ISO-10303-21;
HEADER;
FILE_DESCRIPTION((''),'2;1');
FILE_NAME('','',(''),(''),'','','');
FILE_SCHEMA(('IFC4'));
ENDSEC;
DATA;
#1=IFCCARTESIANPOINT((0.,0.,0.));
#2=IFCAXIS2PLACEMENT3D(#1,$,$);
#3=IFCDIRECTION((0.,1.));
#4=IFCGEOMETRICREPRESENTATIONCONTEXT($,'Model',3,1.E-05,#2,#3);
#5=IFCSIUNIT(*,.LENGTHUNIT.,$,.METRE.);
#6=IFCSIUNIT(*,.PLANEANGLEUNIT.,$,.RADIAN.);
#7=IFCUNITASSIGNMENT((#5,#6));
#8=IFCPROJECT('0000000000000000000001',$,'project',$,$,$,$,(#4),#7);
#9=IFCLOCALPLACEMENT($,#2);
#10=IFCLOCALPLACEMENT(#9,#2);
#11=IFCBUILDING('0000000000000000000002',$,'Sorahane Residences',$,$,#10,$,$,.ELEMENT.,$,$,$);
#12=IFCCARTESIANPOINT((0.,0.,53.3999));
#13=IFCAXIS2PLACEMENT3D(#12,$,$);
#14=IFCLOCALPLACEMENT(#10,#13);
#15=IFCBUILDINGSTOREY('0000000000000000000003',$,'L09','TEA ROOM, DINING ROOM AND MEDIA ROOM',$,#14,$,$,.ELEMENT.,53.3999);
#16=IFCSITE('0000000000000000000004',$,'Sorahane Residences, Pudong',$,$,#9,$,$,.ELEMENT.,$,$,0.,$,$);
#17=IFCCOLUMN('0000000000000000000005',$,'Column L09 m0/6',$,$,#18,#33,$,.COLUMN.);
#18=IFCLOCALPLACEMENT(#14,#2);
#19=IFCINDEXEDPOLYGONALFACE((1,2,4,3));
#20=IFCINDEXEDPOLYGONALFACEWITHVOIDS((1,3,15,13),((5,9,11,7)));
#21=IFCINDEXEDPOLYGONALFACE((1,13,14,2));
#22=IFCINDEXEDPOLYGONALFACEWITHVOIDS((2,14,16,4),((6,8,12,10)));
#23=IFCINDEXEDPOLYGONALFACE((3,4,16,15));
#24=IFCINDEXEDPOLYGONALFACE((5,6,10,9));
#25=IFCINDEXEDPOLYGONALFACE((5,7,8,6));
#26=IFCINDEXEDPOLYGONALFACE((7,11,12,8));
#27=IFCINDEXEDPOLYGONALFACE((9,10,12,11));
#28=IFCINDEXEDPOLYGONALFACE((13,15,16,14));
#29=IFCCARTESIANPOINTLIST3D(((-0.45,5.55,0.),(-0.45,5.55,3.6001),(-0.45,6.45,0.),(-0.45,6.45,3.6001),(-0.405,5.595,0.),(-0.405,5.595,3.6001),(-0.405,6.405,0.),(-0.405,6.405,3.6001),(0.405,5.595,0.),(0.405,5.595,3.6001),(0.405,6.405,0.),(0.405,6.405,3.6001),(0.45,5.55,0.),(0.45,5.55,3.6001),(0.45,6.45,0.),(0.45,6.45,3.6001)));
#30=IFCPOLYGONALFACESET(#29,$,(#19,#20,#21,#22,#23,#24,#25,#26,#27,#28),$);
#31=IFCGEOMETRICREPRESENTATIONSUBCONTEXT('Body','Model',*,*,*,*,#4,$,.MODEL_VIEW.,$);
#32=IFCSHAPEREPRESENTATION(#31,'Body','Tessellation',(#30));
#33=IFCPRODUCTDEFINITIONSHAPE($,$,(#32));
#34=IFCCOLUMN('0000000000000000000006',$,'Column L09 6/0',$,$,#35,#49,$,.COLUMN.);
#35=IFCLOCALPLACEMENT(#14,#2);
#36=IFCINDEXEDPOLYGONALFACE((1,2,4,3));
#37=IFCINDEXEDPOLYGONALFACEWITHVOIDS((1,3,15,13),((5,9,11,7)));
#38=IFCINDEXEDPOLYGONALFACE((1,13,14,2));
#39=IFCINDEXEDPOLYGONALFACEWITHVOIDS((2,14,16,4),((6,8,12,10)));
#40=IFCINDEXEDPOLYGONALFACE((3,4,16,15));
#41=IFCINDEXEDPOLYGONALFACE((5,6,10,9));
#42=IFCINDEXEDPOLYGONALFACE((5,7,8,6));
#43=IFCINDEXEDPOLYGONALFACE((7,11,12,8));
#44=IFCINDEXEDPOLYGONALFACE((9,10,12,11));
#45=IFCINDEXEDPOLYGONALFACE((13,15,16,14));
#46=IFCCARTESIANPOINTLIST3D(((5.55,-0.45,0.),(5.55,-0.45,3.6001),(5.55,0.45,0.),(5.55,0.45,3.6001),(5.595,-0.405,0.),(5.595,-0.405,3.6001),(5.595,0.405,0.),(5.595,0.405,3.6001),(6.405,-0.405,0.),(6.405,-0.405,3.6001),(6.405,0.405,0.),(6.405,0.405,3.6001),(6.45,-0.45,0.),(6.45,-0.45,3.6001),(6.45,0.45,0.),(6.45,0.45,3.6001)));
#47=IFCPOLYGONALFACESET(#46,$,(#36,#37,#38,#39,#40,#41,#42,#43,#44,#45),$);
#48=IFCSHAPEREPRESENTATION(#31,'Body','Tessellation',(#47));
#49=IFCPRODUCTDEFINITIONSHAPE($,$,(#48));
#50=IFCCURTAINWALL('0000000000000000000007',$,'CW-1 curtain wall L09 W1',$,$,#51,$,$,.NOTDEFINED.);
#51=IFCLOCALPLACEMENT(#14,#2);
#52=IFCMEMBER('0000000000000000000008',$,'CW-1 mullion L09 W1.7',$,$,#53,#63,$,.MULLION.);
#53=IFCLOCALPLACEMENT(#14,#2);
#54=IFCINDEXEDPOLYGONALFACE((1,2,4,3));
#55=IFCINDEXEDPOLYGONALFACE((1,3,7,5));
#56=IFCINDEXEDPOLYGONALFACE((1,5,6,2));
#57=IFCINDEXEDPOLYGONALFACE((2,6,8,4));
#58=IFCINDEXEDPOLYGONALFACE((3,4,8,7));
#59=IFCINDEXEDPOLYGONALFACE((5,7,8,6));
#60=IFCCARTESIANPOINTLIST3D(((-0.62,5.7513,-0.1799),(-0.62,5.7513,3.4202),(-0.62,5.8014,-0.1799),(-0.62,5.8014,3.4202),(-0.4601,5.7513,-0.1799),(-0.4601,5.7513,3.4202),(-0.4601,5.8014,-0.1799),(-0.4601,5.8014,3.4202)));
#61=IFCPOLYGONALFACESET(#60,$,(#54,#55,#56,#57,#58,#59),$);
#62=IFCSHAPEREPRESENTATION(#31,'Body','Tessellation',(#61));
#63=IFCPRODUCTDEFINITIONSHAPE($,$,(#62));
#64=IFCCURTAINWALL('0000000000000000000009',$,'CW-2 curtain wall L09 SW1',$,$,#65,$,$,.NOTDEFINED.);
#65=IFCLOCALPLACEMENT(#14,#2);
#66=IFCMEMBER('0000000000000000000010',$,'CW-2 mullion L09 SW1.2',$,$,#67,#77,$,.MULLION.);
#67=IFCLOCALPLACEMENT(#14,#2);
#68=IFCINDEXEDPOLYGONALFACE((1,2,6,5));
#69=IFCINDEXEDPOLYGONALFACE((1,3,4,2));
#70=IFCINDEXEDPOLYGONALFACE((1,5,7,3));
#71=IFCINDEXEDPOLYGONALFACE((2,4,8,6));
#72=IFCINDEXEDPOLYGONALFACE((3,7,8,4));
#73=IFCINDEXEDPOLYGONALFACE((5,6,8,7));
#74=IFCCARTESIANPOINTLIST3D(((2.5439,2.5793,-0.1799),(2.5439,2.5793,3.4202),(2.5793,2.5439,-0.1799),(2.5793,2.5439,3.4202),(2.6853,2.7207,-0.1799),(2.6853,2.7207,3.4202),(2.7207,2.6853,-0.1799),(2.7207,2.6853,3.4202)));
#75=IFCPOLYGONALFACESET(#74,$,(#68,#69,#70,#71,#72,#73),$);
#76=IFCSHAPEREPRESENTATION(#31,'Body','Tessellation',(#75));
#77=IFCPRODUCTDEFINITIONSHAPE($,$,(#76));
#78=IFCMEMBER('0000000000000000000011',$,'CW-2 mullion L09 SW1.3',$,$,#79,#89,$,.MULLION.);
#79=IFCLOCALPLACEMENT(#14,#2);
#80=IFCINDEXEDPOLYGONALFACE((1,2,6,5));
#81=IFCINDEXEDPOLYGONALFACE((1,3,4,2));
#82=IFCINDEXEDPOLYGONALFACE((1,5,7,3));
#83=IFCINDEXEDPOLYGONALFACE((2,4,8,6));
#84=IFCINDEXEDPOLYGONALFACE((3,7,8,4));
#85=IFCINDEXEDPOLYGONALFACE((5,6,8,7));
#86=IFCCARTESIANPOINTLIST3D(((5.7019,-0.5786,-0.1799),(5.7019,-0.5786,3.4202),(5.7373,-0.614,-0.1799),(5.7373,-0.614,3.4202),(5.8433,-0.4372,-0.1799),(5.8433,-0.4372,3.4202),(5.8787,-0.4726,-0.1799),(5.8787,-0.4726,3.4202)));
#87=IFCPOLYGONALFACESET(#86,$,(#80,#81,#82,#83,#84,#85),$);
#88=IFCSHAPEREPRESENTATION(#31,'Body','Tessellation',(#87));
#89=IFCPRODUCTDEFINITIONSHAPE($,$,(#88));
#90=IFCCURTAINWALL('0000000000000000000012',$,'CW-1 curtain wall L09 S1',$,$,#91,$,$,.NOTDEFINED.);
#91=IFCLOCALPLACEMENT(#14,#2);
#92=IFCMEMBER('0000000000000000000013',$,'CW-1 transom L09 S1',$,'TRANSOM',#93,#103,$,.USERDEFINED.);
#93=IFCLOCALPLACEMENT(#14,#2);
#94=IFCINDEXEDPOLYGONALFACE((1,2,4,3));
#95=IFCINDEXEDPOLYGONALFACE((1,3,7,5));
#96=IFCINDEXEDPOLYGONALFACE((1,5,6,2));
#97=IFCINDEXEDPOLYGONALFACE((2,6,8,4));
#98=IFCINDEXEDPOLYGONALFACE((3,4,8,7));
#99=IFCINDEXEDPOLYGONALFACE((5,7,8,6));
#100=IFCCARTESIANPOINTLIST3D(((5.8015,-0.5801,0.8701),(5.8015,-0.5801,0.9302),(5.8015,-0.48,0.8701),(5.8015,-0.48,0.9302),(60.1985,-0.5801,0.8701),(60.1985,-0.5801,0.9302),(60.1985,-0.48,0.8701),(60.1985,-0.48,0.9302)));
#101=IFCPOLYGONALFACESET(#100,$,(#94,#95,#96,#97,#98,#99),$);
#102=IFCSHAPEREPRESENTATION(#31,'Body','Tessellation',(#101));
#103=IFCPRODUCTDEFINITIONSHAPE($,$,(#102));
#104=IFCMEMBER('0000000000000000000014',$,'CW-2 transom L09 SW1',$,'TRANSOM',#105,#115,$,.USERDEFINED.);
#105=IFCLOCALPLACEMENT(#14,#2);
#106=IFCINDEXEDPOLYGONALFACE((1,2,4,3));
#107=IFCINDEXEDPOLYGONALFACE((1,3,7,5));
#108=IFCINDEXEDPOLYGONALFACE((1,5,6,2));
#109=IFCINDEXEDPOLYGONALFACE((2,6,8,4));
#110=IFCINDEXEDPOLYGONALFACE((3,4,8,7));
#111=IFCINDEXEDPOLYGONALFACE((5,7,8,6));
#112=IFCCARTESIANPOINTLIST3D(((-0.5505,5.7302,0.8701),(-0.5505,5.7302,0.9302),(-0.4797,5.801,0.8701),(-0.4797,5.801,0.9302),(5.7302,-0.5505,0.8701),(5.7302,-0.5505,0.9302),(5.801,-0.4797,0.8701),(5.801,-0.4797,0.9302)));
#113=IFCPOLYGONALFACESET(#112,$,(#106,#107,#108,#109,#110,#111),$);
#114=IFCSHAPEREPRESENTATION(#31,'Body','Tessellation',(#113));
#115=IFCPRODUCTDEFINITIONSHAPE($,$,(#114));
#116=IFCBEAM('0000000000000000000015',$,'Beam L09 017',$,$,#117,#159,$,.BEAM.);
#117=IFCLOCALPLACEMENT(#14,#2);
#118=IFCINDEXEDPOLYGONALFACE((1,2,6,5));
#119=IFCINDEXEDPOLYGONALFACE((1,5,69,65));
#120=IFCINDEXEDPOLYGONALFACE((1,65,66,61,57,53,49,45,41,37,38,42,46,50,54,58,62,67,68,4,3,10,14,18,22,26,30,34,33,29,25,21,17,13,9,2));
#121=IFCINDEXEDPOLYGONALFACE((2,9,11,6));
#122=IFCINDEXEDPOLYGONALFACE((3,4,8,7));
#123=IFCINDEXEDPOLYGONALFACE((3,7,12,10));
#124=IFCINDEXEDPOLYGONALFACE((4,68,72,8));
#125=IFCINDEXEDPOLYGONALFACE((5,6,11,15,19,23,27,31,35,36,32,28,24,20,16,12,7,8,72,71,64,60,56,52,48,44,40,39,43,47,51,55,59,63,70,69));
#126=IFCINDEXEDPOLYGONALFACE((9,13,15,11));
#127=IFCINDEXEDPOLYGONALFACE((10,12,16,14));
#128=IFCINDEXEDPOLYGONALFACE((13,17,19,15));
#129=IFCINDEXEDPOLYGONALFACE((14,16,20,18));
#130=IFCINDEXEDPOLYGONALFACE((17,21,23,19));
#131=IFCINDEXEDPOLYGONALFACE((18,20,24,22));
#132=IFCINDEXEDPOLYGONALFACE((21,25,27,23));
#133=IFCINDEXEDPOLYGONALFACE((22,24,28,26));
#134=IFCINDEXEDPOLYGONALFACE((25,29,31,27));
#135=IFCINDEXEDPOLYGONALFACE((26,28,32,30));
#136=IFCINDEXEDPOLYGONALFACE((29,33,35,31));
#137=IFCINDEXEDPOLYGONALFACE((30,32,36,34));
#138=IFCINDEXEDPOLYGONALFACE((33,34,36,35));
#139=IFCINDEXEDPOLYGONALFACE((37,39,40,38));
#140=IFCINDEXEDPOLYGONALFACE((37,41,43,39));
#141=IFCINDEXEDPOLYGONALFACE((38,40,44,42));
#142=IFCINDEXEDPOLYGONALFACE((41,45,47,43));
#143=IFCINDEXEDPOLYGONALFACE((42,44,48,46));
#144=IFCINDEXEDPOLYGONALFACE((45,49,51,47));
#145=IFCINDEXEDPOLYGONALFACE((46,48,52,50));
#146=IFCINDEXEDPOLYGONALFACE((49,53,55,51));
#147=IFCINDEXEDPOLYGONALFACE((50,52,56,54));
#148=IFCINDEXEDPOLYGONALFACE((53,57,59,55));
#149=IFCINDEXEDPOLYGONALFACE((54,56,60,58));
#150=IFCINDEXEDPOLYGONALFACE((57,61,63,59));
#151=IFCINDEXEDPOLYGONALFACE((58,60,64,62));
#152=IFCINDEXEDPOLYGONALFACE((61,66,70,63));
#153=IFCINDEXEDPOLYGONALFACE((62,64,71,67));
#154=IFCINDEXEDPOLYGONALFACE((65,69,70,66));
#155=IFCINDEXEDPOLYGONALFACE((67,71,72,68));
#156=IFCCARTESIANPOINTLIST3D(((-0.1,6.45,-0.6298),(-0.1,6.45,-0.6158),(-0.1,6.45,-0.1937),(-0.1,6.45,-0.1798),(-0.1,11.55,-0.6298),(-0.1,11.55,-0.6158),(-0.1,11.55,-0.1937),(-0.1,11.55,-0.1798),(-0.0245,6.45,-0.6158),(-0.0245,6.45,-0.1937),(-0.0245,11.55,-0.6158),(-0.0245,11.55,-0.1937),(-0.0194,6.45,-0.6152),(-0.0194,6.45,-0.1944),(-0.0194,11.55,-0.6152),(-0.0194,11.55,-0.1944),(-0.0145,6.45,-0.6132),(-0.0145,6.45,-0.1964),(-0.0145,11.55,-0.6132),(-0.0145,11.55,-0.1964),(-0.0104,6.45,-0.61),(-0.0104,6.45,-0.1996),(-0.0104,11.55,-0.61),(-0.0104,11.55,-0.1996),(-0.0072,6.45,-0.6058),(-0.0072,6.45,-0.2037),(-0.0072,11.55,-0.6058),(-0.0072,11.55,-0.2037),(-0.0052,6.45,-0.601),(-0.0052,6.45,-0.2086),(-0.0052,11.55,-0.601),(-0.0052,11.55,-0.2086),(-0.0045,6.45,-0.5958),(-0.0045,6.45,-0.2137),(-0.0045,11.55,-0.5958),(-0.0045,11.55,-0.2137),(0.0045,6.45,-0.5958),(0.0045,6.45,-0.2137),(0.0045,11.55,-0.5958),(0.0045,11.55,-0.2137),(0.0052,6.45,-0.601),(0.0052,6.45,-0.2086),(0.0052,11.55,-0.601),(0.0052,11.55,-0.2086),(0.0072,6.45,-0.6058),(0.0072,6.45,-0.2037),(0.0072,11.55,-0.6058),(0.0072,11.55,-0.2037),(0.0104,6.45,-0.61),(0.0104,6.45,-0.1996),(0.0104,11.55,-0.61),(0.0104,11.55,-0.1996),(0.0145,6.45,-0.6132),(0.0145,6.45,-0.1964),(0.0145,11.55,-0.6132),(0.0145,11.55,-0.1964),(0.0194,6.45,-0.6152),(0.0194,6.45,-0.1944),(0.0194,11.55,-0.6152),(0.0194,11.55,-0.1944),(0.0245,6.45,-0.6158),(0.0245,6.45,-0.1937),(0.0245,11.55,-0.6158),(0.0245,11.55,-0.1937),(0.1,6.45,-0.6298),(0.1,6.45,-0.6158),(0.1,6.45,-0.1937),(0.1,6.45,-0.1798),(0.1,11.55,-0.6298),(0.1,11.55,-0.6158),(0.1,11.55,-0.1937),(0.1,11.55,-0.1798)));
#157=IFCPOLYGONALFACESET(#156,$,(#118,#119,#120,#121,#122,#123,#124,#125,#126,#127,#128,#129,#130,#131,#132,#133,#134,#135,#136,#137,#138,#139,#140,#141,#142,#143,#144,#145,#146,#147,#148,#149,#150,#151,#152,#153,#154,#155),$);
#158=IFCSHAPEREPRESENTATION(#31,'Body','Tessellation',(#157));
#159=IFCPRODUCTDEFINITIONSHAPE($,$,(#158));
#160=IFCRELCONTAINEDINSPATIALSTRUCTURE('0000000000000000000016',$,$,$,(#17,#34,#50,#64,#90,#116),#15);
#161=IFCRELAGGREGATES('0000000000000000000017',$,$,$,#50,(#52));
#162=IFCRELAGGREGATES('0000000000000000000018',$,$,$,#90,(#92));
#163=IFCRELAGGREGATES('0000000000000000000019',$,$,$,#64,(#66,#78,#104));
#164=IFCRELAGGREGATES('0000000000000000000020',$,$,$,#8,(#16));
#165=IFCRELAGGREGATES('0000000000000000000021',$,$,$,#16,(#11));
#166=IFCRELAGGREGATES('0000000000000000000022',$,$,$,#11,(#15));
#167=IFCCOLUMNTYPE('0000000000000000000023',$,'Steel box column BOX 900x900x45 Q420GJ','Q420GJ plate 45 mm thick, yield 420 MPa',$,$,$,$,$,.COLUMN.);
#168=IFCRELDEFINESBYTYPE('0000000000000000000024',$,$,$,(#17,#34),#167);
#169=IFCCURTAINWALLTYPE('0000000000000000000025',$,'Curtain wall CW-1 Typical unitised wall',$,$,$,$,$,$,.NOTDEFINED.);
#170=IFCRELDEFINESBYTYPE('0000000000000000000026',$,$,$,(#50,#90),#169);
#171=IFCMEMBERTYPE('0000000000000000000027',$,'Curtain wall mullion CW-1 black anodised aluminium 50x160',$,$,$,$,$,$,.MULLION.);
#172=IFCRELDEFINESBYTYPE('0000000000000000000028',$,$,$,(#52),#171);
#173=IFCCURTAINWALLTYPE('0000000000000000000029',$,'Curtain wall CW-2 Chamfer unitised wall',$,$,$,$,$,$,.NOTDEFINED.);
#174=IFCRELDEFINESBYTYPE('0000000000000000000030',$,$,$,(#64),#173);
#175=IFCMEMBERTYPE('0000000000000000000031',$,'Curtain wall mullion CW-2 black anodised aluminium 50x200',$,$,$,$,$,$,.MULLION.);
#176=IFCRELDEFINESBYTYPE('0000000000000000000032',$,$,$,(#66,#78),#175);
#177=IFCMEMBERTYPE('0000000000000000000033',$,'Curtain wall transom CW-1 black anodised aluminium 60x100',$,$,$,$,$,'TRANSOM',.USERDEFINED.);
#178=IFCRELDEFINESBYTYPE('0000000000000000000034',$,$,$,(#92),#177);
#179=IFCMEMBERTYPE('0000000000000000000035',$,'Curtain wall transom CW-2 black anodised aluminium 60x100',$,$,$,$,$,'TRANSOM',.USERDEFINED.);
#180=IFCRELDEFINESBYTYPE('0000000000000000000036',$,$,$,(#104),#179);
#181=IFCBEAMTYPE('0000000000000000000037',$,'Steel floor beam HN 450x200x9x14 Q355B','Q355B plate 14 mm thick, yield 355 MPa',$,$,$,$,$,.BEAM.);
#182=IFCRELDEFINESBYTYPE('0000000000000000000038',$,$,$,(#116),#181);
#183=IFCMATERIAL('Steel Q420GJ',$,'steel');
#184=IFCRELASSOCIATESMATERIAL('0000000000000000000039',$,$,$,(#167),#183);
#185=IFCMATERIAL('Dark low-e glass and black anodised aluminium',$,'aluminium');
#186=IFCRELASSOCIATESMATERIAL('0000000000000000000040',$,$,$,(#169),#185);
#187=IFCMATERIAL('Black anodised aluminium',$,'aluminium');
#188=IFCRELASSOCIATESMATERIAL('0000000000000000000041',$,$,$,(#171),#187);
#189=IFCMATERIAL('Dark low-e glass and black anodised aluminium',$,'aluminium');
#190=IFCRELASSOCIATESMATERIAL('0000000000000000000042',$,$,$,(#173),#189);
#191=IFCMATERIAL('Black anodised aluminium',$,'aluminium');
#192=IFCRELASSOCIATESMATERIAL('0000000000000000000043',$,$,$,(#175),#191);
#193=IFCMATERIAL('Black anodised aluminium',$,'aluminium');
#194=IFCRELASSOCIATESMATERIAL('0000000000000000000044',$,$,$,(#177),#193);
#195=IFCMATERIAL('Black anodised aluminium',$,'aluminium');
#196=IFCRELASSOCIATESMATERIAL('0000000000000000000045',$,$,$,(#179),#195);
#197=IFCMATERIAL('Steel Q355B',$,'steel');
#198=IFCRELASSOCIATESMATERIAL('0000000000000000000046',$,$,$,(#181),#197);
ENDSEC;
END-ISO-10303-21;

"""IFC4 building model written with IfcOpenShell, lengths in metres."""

from ifc_helpers import new_model, si_unit, direction, frame, origin, origin_2d, place, context, subcontext, project, spatial, rectangle, hollow_rectangle, i_section, extrude, material, material_profile, profile_set, type_object, element, aggregate, save


model = new_model("IFC4")

# Units and contexts
model_context = context("Model", 3, precision=1e-05, world=origin(), true_north=direction((0.0, 1.0)))
body_context = subcontext(model_context, "Body", "Model", "MODEL_VIEW")
ifc_project = project(units=[si_unit("LENGTHUNIT", "METRE"), si_unit("PLANEANGLEUNIT", "RADIAN")], contexts=[model_context])

# Site, building, storey
site_placement = place(None, origin())
site = spatial("IfcSite", under=ifc_project, at=site_placement, Name="Sorahane Residences, Pudong", CompositionType="ELEMENT", RefElevation=0.0)
building_placement = place(site_placement, origin())
building = spatial("IfcBuilding", under=site, at=building_placement, Name="Sorahane Residences", CompositionType="ELEMENT")
storey_placement = place(building_placement, frame((0.0, 0.0, 53.3999)))
storey = spatial("IfcBuildingStorey", under=building, at=storey_placement, Name="L09", Description="TEA ROOM, DINING ROOM AND MEDIA ROOM", CompositionType="ELEMENT", Elevation=53.3999)

# Columns
ifc_material_1 = material(Name="Steel Q420GJ", Category="steel")
ifc_material_profile_1 = material_profile(ifc_material_1, hollow_rectangle(XDim=0.8999, YDim=0.8999, WallThickness=0.0449, at=origin_2d()), Name="BOX 900x900x45")
ifc_profile_set_1 = profile_set([ifc_material_profile_1], Name="Steel Q420GJ")
column_type = type_object("IfcColumnType", Name="Steel box column BOX 900x900x45 Q420GJ", Description="Q420GJ plate 45 mm thick, yield 420 MPa", PredefinedType="COLUMN", material=ifc_profile_set_1)
for number, where, z_axis, x_axis, name in (
    (1, (0.0, 6.0, 0.0), (0.0, 0.0, 1.0), (1.0, 0.0, 0.0), "Column L09 m0/6"),
    (2, (6.0, 0.0, 0.0), (0.0, 0.0, 1.0), (1.0, 0.0, 0.0), "Column L09 6/0"),
):
    element("IfcColumn", number, at=place(storey_placement, frame(where, z_axis=z_axis, x_axis=x_axis)), inside=storey, type_object=column_type, Name=name, PredefinedType="COLUMN", context=body_context, shape_type="SweptSolid", body=[
        extrude(hollow_rectangle(XDim=0.8999, YDim=0.8999, WallThickness=0.0449, at=origin_2d()), origin(), (0.0, 0.0, 1.0), 3.6001),
    ])

# Curtain wall, member
ifc_material_2 = material(Name="Dark low-e glass and black anodised aluminium", Category="aluminium")
curtain_wall_type_1 = type_object("IfcCurtainWallType", Name="Curtain wall CW-1 Typical unitised wall", PredefinedType="NOTDEFINED", material=ifc_material_2)
curtain_wall_1_placement = place(storey_placement, origin())
curtain_wall_1 = element("IfcCurtainWall", 3, at=curtain_wall_1_placement, inside=storey, type_object=curtain_wall_type_1, Name="CW-1 curtain wall L09 W1", PredefinedType="NOTDEFINED")
ifc_material_3 = material(Name="Black anodised aluminium", Category="aluminium")
ifc_material_profile_2 = material_profile(ifc_material_3, rectangle(XDim=0.1599, YDim=0.05, at=origin_2d()), Name="Curtain wall mullion CW-1 black anodised aluminium 50x160")
ifc_profile_set_2 = profile_set([ifc_material_profile_2], Name="Black anodised aluminium")
member_type_1 = type_object("IfcMemberType", Name="Curtain wall mullion CW-1 black anodised aluminium 50x160", PredefinedType="MULLION", material=ifc_profile_set_2)
member_1_placement = place(storey_placement, frame((-0.54, 5.7764, -0.1799), z_axis=(0.0, 0.0, 1.0), x_axis=(-1.0, 0.0, 0.0)))
member_1 = element("IfcMember", 4, at=member_1_placement, type_object=member_type_1, Name="CW-1 mullion L09 W1.7", PredefinedType="MULLION", context=body_context, shape_type="SweptSolid", body=[
    extrude(rectangle(XDim=0.1599, YDim=0.05, at=origin_2d()), origin(), (0.0, 0.0, 1.0), 3.6001),
])
aggregate(curtain_wall_1, [member_1])

# Curtain wall, members
ifc_material_4 = material(Name="Dark low-e glass and black anodised aluminium", Category="aluminium")
curtain_wall_type_2 = type_object("IfcCurtainWallType", Name="Curtain wall CW-2 Chamfer unitised wall", PredefinedType="NOTDEFINED", material=ifc_material_4)
curtain_wall_2_placement = place(storey_placement, origin())
curtain_wall_2 = element("IfcCurtainWall", 5, at=curtain_wall_2_placement, inside=storey, type_object=curtain_wall_type_2, Name="CW-2 curtain wall L09 SW1", PredefinedType="NOTDEFINED")
ifc_material_5 = material(Name="Black anodised aluminium", Category="aluminium")
ifc_material_profile_3 = material_profile(ifc_material_5, rectangle(XDim=0.2, YDim=0.05, at=origin_2d()), Name="Curtain wall mullion CW-2 black anodised aluminium 50x200")
ifc_profile_set_3 = profile_set([ifc_material_profile_3], Name="Black anodised aluminium")
member_type_2 = type_object("IfcMemberType", Name="Curtain wall mullion CW-2 black anodised aluminium 50x200", PredefinedType="MULLION", material=ifc_profile_set_3)
member_2_placement = place(storey_placement, frame((2.6323, 2.6323, -0.1799), z_axis=(0.0, 0.0, 1.0), x_axis=(-0.707107, -0.707107, 0.0)))
member_2 = element("IfcMember", 6, at=member_2_placement, type_object=member_type_2, Name="CW-2 mullion L09 SW1.2", PredefinedType="MULLION", context=body_context, shape_type="SweptSolid", body=[
    extrude(rectangle(XDim=0.2, YDim=0.05, at=origin_2d()), origin(), (0.0, 0.0, 1.0), 3.6001),
])
member_3_placement = place(storey_placement, frame((5.7903, -0.5256, -0.1799), z_axis=(0.0, 0.0, 1.0), x_axis=(-0.707107, -0.707107, 0.0)))
member_3 = element("IfcMember", 7, at=member_3_placement, type_object=member_type_2, Name="CW-2 mullion L09 SW1.3", PredefinedType="MULLION", context=body_context, shape_type="SweptSolid", body=[
    extrude(rectangle(XDim=0.2, YDim=0.05, at=origin_2d()), origin(), (0.0, 0.0, 1.0), 3.6001),
])

# Curtain wall, member
curtain_wall_3_placement = place(storey_placement, origin())
curtain_wall_3 = element("IfcCurtainWall", 8, at=curtain_wall_3_placement, inside=storey, type_object=curtain_wall_type_1, Name="CW-1 curtain wall L09 S1", PredefinedType="NOTDEFINED")
ifc_material_6 = material(Name="Black anodised aluminium", Category="aluminium")
ifc_material_profile_4 = material_profile(ifc_material_6, rectangle(XDim=0.1001, YDim=0.0601, at=origin_2d()), Name="Curtain wall transom CW-1 black anodised aluminium 60x100")
ifc_profile_set_4 = profile_set([ifc_material_profile_4], Name="Black anodised aluminium")
member_type_3 = type_object("IfcMemberType", Name="Curtain wall transom CW-1 black anodised aluminium 60x100", ElementType="TRANSOM", PredefinedType="USERDEFINED", material=ifc_profile_set_4)
member_4_placement = place(storey_placement, frame((5.8015, -0.53, 0.9001), z_axis=(1.0, 0.0, 0.0), x_axis=(0.0, 1.0, 0.0)))
member_4 = element("IfcMember", 9, at=member_4_placement, type_object=member_type_3, Name="CW-1 transom L09 S1", ObjectType="TRANSOM", PredefinedType="USERDEFINED", context=body_context, shape_type="SweptSolid", body=[
    extrude(rectangle(XDim=0.1001, YDim=0.0601, at=origin_2d()), origin(), (0.0, 0.0, 1.0), 54.397),
])
aggregate(curtain_wall_3, [member_4])

# Member
ifc_material_7 = material(Name="Black anodised aluminium", Category="aluminium")
ifc_material_profile_5 = material_profile(ifc_material_7, rectangle(XDim=0.1001, YDim=0.0601, at=origin_2d()), Name="Curtain wall transom CW-2 black anodised aluminium 60x100")
ifc_profile_set_5 = profile_set([ifc_material_profile_5], Name="Black anodised aluminium")
member_type_4 = type_object("IfcMemberType", Name="Curtain wall transom CW-2 black anodised aluminium 60x100", ElementType="TRANSOM", PredefinedType="USERDEFINED", material=ifc_profile_set_5)
member_5_placement = place(storey_placement, frame((-0.5151, 5.7656, 0.9001), z_axis=(0.707107, -0.707107, 0.0), x_axis=(0.707107, 0.707107, 0.0)))
member_5 = element("IfcMember", 10, at=member_5_placement, type_object=member_type_4, Name="CW-2 transom L09 SW1", ObjectType="TRANSOM", PredefinedType="USERDEFINED", context=body_context, shape_type="SweptSolid", body=[
    extrude(rectangle(XDim=0.1001, YDim=0.0601, at=origin_2d()), origin(), (0.0, 0.0, 1.0), 8.8823),
])

# Beam
ifc_material_8 = material(Name="Steel Q355B", Category="steel")
ifc_material_profile_6 = material_profile(ifc_material_8, i_section(OverallWidth=0.2, OverallDepth=0.45, WebThickness=0.009, FlangeThickness=0.0139, FilletRadius=0.02, at=origin_2d()), Name="HN 450x200x9x14")
ifc_profile_set_6 = profile_set([ifc_material_profile_6], Name="Steel Q355B")
beam_type_1 = type_object("IfcBeamType", Name="Steel floor beam HN 450x200x9x14 Q355B", Description="Q355B plate 14 mm thick, yield 355 MPa", PredefinedType="BEAM", material=ifc_profile_set_6)
beam_1_placement = place(storey_placement, frame((0.0, 6.45, -0.4048), z_axis=(0.0, 1.0, 0.0), x_axis=(-1.0, 0.0, 0.0)))
element("IfcBeam", 11, at=beam_1_placement, inside=storey, type_object=beam_type_1, Name="Beam L09 017", PredefinedType="BEAM", context=body_context, shape_type="SweptSolid", body=[
    extrude(i_section(OverallWidth=0.2, OverallDepth=0.45, WebThickness=0.009, FlangeThickness=0.0139, FilletRadius=0.02, at=origin_2d()), origin(), (0.0, 0.0, 1.0), 5.1001),
])

aggregate(curtain_wall_2, [member_2, member_3, member_5])

save(model, "model.ifc")
